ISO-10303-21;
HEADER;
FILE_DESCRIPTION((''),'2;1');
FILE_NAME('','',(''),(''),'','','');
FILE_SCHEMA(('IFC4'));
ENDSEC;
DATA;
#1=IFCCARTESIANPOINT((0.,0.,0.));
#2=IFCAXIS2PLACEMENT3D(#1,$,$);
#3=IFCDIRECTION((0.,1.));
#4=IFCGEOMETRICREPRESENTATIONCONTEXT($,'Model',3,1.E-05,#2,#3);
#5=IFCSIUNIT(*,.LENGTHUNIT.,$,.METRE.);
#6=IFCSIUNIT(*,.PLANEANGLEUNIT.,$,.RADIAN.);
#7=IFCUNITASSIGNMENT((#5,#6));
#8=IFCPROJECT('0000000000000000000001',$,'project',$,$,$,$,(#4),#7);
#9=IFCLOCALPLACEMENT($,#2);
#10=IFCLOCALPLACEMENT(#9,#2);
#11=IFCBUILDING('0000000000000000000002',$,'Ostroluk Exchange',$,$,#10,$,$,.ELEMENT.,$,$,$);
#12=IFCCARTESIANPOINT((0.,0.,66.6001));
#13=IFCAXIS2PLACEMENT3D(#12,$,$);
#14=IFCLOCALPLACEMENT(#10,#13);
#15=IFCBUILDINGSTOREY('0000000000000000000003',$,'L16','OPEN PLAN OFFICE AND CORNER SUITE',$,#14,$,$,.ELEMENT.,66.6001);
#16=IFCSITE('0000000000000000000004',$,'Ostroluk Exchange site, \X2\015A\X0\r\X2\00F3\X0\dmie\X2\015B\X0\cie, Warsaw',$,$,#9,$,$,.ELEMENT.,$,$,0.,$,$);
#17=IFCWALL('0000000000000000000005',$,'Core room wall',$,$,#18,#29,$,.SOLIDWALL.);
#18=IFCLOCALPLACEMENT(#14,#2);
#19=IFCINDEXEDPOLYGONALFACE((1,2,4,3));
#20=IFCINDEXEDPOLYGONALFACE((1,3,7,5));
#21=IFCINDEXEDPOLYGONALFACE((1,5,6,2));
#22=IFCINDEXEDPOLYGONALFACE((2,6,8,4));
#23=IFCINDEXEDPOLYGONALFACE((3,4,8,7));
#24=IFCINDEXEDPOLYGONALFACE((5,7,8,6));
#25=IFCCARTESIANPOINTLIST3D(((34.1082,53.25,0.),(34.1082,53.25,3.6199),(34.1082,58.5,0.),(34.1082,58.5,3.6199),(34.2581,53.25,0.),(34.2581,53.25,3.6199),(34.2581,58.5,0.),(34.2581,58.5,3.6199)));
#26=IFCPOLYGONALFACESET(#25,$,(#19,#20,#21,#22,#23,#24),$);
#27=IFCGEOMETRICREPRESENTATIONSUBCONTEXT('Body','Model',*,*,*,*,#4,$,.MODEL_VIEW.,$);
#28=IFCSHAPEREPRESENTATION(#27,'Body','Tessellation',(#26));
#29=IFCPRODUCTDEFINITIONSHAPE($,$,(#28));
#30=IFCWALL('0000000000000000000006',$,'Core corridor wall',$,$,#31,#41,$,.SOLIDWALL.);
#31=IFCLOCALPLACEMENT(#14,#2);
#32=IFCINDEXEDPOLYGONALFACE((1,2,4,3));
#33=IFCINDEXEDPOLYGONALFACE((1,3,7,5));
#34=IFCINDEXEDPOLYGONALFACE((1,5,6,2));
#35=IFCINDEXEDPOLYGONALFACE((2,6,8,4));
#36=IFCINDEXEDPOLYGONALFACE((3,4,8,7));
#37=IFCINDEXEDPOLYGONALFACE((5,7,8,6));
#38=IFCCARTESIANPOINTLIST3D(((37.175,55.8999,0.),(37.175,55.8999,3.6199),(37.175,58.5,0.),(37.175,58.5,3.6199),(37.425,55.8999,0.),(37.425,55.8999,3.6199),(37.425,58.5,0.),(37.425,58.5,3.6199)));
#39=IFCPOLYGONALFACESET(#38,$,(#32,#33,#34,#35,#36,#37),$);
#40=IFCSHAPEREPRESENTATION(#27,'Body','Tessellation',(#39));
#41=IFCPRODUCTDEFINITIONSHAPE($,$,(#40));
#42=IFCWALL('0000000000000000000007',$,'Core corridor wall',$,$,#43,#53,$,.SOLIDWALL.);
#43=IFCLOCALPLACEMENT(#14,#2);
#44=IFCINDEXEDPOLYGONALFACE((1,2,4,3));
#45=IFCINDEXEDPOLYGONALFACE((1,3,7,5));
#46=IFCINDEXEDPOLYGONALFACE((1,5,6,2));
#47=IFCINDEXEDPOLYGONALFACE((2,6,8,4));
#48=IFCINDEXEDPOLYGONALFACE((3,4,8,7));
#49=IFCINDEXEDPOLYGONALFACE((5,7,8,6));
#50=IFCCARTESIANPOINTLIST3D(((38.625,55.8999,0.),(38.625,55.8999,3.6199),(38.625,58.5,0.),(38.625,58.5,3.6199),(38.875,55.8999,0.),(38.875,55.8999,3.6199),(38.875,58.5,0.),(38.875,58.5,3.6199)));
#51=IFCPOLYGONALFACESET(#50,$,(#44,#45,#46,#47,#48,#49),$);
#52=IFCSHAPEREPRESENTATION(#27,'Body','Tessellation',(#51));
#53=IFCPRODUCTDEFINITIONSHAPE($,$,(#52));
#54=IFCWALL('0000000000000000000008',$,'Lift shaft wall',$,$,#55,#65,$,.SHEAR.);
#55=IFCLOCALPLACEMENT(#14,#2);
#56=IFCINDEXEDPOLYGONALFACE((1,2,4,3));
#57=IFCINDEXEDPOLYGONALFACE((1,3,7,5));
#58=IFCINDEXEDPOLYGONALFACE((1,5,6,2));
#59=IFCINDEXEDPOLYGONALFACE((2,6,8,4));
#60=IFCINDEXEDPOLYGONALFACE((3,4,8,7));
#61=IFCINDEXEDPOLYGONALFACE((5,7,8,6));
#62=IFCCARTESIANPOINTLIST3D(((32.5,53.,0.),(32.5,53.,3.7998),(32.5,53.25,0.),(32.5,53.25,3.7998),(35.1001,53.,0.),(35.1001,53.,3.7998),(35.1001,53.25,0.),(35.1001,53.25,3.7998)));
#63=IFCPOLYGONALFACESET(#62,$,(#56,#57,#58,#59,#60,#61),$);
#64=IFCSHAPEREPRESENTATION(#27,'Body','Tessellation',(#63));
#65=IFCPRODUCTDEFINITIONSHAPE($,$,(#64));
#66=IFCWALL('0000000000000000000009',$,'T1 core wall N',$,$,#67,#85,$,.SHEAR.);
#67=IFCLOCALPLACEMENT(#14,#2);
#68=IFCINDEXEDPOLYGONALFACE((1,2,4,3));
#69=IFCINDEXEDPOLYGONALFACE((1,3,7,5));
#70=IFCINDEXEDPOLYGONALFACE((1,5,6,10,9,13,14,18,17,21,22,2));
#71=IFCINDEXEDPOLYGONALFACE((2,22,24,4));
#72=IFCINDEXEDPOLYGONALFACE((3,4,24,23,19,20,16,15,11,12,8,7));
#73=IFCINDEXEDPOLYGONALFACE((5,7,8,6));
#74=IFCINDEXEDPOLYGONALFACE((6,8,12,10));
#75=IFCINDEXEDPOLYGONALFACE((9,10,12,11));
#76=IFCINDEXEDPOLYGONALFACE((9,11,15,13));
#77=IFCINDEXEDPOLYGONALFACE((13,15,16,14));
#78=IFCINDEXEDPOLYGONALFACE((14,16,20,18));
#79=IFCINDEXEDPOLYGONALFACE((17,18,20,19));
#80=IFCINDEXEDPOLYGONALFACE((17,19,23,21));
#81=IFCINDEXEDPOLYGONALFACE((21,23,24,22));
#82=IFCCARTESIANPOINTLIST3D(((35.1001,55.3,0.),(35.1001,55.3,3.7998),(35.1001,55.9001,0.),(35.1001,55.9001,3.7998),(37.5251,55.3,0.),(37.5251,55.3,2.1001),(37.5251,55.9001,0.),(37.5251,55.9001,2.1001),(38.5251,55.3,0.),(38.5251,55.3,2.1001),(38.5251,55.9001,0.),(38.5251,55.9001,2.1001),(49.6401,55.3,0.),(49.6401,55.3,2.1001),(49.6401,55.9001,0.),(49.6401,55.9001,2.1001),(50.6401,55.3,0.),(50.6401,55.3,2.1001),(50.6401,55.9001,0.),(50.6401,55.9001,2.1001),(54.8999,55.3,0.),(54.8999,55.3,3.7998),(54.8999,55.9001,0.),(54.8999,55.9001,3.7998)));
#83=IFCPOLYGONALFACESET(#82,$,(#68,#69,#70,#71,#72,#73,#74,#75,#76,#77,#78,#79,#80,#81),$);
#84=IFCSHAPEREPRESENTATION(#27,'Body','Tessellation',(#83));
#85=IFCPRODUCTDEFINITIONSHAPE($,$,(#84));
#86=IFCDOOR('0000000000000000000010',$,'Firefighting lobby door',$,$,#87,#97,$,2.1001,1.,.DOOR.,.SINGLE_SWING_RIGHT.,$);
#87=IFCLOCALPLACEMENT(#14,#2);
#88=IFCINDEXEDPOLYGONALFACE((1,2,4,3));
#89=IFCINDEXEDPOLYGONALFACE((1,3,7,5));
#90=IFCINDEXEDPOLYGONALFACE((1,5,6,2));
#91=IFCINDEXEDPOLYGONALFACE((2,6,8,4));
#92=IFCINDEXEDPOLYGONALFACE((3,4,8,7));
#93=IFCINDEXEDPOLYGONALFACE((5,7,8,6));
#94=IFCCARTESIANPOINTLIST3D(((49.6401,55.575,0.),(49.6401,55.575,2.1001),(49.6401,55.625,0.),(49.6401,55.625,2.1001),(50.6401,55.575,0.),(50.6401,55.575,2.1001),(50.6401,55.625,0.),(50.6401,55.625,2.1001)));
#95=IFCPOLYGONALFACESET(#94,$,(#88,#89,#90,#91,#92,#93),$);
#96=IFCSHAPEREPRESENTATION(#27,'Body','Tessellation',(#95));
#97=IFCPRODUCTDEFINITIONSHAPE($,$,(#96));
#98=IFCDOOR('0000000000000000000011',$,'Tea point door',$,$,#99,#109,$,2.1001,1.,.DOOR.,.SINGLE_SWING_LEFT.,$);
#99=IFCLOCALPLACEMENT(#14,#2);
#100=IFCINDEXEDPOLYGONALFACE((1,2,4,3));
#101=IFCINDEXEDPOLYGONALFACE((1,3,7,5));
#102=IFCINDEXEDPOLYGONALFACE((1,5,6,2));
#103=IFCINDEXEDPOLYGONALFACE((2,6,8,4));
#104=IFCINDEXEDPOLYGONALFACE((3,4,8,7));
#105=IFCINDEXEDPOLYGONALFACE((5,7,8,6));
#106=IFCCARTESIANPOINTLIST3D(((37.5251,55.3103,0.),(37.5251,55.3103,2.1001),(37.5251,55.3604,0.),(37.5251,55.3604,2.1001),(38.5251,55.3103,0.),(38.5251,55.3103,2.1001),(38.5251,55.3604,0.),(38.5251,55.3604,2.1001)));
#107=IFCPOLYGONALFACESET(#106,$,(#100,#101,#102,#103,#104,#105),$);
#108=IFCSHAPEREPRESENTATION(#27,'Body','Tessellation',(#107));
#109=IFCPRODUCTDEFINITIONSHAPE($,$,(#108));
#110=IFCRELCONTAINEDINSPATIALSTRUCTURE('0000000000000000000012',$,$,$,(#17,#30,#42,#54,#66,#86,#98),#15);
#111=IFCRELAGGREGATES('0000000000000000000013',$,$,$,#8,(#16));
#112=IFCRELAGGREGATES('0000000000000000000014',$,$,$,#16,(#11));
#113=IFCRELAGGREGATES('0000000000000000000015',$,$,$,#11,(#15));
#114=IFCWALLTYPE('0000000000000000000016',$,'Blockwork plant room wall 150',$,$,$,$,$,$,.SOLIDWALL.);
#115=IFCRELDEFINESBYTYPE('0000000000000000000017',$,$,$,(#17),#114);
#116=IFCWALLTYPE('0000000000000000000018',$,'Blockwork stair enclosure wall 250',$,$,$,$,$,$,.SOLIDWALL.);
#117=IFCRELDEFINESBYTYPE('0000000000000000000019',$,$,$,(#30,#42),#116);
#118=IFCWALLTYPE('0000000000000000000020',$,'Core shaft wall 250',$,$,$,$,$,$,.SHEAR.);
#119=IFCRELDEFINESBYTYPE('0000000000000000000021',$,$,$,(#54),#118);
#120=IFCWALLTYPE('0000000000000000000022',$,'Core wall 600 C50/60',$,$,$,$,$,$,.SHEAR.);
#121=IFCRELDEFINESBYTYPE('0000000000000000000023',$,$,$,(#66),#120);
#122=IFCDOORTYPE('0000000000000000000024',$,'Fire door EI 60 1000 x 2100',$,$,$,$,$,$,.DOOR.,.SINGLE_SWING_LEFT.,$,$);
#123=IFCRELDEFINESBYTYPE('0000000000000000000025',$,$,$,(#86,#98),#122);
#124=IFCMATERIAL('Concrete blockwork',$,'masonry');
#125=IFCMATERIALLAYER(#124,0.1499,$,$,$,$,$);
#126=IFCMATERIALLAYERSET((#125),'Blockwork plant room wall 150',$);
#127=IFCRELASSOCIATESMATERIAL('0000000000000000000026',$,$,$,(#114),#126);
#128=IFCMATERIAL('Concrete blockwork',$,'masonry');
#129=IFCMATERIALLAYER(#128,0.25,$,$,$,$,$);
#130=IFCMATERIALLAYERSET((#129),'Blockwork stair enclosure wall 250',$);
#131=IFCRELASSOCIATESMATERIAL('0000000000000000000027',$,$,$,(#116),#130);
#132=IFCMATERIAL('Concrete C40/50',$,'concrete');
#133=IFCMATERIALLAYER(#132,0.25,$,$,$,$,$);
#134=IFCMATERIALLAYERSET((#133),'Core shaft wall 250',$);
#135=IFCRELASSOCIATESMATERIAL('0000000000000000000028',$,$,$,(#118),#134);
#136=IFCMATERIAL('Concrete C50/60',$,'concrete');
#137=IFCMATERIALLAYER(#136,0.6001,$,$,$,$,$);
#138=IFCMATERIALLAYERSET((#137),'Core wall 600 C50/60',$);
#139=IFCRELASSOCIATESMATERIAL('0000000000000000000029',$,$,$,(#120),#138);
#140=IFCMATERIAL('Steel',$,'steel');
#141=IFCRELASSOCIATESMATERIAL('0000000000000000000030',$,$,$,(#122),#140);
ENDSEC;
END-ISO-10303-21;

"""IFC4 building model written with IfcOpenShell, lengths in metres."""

from ifc_helpers import new_model, si_unit, direction, frame, frame_2d, origin, place, context, subcontext, project, spatial, rectangle, extrude, material, layer, layer_set, type_object, element, fill, save


model = new_model("IFC4")

# Units and contexts
model_context = context("Model", 3, precision=1e-05, world=origin(), true_north=direction((0.0, 1.0)))
body_context = subcontext(model_context, "Body", "Model", "MODEL_VIEW")
ifc_project = project(units=[si_unit("LENGTHUNIT", "METRE"), si_unit("PLANEANGLEUNIT", "RADIAN")], contexts=[model_context])

# Site, building, storey
site_placement = place(None, origin())
site = spatial("IfcSite", under=ifc_project, at=site_placement, Name="Ostroluk Exchange site, Śródmieście, Warsaw", CompositionType="ELEMENT", RefElevation=0.0)
building_placement = place(site_placement, origin())
building = spatial("IfcBuilding", under=site, at=building_placement, Name="Ostroluk Exchange", CompositionType="ELEMENT")
storey_placement = place(building_placement, frame((0.0, 0.0, 66.6001)))
storey = spatial("IfcBuildingStorey", under=building, at=storey_placement, Name="L16", Description="OPEN PLAN OFFICE AND CORNER SUITE", CompositionType="ELEMENT", Elevation=66.6001)

# Walls
ifc_material_1 = material(Name="Concrete blockwork", Category="masonry")
ifc_layer_1 = layer(ifc_material_1, 0.1499)
ifc_layer_set_1 = layer_set([ifc_layer_1], Name="Blockwork plant room wall 150")
wall_type_1 = type_object("IfcWallType", Name="Blockwork plant room wall 150", PredefinedType="SOLIDWALL", material=ifc_layer_set_1)
wall_1_placement = place(storey_placement, frame((34.1831, 53.25, 0.0), z_axis=(0.0, 0.0, 1.0), x_axis=(0.0, 1.0, 0.0)))
element("IfcWall", 1, at=wall_1_placement, inside=storey, type_object=wall_type_1, Name="Core room wall", PredefinedType="SOLIDWALL", context=body_context, shape_type="SweptSolid", body=[
    extrude(rectangle(XDim=5.25, YDim=0.1499, at=frame_2d((2.625, 0.0))), origin(), (0.0, 0.0, 1.0), 3.6199),
])
ifc_material_2 = material(Name="Concrete blockwork", Category="masonry")
ifc_layer_2 = layer(ifc_material_2, 0.25)
ifc_layer_set_2 = layer_set([ifc_layer_2], Name="Blockwork stair enclosure wall 250")
wall_type_2 = type_object("IfcWallType", Name="Blockwork stair enclosure wall 250", PredefinedType="SOLIDWALL", material=ifc_layer_set_2)
for number, where, z_axis, x_axis, name in (
    (2, (37.3, 55.8999, 0.0), (0.0, 0.0, 1.0), (0.0, 1.0, 0.0), "Core corridor wall"),
    (3, (38.75, 55.8999, 0.0), (0.0, 0.0, 1.0), (0.0, 1.0, 0.0), "Core corridor wall"),
):
    element("IfcWall", number, at=place(storey_placement, frame(where, z_axis=z_axis, x_axis=x_axis)), inside=storey, type_object=wall_type_2, Name=name, PredefinedType="SOLIDWALL", context=body_context, shape_type="SweptSolid", body=[
        extrude(rectangle(XDim=2.6001, YDim=0.25, at=frame_2d((1.3, 0.0))), origin(), (0.0, 0.0, 1.0), 3.6199),
    ])
ifc_material_3 = material(Name="Concrete C40/50", Category="concrete")
ifc_layer_3 = layer(ifc_material_3, 0.25)
ifc_layer_set_3 = layer_set([ifc_layer_3], Name="Core shaft wall 250")
wall_type_3 = type_object("IfcWallType", Name="Core shaft wall 250", PredefinedType="SHEAR", material=ifc_layer_set_3)
wall_2_placement = place(storey_placement, frame((32.5, 53.125, 0.0), z_axis=(0.0, 0.0, 1.0), x_axis=(1.0, 0.0, 0.0)))
element("IfcWall", 4, at=wall_2_placement, inside=storey, type_object=wall_type_3, Name="Lift shaft wall", PredefinedType="SHEAR", context=body_context, shape_type="SweptSolid", body=[
    extrude(rectangle(XDim=2.6001, YDim=0.25, at=frame_2d((1.3, 0.0))), origin(), (0.0, 0.0, 1.0), 3.7998),
])

# Wall, openings, doors
ifc_material_4 = material(Name="Concrete C50/60", Category="concrete")
ifc_layer_4 = layer(ifc_material_4, 0.6001)
ifc_layer_set_4 = layer_set([ifc_layer_4], Name="Core wall 600 C50/60")
wall_type_4 = type_object("IfcWallType", Name="Core wall 600 C50/60", PredefinedType="SHEAR", material=ifc_layer_set_4)
wall_3_placement = place(storey_placement, frame((35.1001, 55.6001, 0.0), z_axis=(0.0, 0.0, 1.0), x_axis=(1.0, 0.0, 0.0)))
wall_3 = element("IfcWall", 5, at=wall_3_placement, inside=storey, type_object=wall_type_4, Name="T1 core wall N", PredefinedType="SHEAR", context=body_context, shape_type="SweptSolid", body=[
    extrude(rectangle(XDim=19.7998, YDim=0.6001, at=frame_2d((9.8999, 0.0))), origin(), (0.0, 0.0, 1.0), 3.7998),
])
opening_1_placement = place(wall_3_placement, frame((14.54, 0.0, 0.0)))
opening_1 = element("IfcOpeningElement", 6, at=opening_1_placement, cuts=wall_3, PredefinedType="OPENING", context=body_context, shape_type="SweptSolid", body=[
    extrude(rectangle(XDim=1.0, YDim=2.1001, at=frame_2d((0.5, 1.05))), frame((0.0, 0.3101, 0.0), z_axis=(0.0, -1.0, 0.0), x_axis=(1.0, 0.0, 0.0)), (0.0, 0.0, 1.0), 0.6201),
])
opening_2_placement = place(wall_3_placement, frame((2.425, 0.0, 0.0)))
opening_2 = element("IfcOpeningElement", 7, at=opening_2_placement, cuts=wall_3, PredefinedType="OPENING", context=body_context, shape_type="SweptSolid", body=[
    extrude(rectangle(XDim=1.0, YDim=2.1001, at=frame_2d((0.5, 1.05))), frame((0.0, 0.3101, 0.0), z_axis=(0.0, -1.0, 0.0), x_axis=(1.0, 0.0, 0.0)), (0.0, 0.0, 1.0), 0.6201),
])
ifc_material_5 = material(Name="Steel", Category="steel")
door_type = type_object("IfcDoorType", Name="Fire door EI 60 1000 x 2100", OperationType="SINGLE_SWING_LEFT", PredefinedType="DOOR", material=ifc_material_5)
door_1_placement = place(opening_1_placement, origin())
door_1 = element("IfcDoor", 8, at=door_1_placement, inside=storey, type_object=door_type, Name="Firefighting lobby door", OperationType="SINGLE_SWING_RIGHT", OverallHeight=2.1001, OverallWidth=1.0, PredefinedType="DOOR", context=body_context, shape_type="SweptSolid", body=[
    extrude(rectangle(XDim=1.0, YDim=2.1001, at=frame_2d((0.5, 1.05))), frame((0.0, 0.0249, 0.0), z_axis=(0.0, -1.0, 0.0), x_axis=(1.0, 0.0, 0.0)), (0.0, 0.0, 1.0), 0.05),
])
fill(opening_1, door_1)
door_2_placement = place(opening_2_placement, origin())
door_2 = element("IfcDoor", 9, at=door_2_placement, inside=storey, type_object=door_type, Name="Tea point door", OperationType="SINGLE_SWING_LEFT", OverallHeight=2.1001, OverallWidth=1.0, PredefinedType="DOOR", context=body_context, shape_type="SweptSolid", body=[
    extrude(rectangle(XDim=1.0, YDim=2.1001, at=frame_2d((0.5, 1.05))), frame((0.0, -0.2397, 0.0), z_axis=(0.0, -1.0, 0.0), x_axis=(1.0, 0.0, 0.0)), (0.0, 0.0, 1.0), 0.05),
])
fill(opening_2, door_2)

save(model, "model.ifc")
